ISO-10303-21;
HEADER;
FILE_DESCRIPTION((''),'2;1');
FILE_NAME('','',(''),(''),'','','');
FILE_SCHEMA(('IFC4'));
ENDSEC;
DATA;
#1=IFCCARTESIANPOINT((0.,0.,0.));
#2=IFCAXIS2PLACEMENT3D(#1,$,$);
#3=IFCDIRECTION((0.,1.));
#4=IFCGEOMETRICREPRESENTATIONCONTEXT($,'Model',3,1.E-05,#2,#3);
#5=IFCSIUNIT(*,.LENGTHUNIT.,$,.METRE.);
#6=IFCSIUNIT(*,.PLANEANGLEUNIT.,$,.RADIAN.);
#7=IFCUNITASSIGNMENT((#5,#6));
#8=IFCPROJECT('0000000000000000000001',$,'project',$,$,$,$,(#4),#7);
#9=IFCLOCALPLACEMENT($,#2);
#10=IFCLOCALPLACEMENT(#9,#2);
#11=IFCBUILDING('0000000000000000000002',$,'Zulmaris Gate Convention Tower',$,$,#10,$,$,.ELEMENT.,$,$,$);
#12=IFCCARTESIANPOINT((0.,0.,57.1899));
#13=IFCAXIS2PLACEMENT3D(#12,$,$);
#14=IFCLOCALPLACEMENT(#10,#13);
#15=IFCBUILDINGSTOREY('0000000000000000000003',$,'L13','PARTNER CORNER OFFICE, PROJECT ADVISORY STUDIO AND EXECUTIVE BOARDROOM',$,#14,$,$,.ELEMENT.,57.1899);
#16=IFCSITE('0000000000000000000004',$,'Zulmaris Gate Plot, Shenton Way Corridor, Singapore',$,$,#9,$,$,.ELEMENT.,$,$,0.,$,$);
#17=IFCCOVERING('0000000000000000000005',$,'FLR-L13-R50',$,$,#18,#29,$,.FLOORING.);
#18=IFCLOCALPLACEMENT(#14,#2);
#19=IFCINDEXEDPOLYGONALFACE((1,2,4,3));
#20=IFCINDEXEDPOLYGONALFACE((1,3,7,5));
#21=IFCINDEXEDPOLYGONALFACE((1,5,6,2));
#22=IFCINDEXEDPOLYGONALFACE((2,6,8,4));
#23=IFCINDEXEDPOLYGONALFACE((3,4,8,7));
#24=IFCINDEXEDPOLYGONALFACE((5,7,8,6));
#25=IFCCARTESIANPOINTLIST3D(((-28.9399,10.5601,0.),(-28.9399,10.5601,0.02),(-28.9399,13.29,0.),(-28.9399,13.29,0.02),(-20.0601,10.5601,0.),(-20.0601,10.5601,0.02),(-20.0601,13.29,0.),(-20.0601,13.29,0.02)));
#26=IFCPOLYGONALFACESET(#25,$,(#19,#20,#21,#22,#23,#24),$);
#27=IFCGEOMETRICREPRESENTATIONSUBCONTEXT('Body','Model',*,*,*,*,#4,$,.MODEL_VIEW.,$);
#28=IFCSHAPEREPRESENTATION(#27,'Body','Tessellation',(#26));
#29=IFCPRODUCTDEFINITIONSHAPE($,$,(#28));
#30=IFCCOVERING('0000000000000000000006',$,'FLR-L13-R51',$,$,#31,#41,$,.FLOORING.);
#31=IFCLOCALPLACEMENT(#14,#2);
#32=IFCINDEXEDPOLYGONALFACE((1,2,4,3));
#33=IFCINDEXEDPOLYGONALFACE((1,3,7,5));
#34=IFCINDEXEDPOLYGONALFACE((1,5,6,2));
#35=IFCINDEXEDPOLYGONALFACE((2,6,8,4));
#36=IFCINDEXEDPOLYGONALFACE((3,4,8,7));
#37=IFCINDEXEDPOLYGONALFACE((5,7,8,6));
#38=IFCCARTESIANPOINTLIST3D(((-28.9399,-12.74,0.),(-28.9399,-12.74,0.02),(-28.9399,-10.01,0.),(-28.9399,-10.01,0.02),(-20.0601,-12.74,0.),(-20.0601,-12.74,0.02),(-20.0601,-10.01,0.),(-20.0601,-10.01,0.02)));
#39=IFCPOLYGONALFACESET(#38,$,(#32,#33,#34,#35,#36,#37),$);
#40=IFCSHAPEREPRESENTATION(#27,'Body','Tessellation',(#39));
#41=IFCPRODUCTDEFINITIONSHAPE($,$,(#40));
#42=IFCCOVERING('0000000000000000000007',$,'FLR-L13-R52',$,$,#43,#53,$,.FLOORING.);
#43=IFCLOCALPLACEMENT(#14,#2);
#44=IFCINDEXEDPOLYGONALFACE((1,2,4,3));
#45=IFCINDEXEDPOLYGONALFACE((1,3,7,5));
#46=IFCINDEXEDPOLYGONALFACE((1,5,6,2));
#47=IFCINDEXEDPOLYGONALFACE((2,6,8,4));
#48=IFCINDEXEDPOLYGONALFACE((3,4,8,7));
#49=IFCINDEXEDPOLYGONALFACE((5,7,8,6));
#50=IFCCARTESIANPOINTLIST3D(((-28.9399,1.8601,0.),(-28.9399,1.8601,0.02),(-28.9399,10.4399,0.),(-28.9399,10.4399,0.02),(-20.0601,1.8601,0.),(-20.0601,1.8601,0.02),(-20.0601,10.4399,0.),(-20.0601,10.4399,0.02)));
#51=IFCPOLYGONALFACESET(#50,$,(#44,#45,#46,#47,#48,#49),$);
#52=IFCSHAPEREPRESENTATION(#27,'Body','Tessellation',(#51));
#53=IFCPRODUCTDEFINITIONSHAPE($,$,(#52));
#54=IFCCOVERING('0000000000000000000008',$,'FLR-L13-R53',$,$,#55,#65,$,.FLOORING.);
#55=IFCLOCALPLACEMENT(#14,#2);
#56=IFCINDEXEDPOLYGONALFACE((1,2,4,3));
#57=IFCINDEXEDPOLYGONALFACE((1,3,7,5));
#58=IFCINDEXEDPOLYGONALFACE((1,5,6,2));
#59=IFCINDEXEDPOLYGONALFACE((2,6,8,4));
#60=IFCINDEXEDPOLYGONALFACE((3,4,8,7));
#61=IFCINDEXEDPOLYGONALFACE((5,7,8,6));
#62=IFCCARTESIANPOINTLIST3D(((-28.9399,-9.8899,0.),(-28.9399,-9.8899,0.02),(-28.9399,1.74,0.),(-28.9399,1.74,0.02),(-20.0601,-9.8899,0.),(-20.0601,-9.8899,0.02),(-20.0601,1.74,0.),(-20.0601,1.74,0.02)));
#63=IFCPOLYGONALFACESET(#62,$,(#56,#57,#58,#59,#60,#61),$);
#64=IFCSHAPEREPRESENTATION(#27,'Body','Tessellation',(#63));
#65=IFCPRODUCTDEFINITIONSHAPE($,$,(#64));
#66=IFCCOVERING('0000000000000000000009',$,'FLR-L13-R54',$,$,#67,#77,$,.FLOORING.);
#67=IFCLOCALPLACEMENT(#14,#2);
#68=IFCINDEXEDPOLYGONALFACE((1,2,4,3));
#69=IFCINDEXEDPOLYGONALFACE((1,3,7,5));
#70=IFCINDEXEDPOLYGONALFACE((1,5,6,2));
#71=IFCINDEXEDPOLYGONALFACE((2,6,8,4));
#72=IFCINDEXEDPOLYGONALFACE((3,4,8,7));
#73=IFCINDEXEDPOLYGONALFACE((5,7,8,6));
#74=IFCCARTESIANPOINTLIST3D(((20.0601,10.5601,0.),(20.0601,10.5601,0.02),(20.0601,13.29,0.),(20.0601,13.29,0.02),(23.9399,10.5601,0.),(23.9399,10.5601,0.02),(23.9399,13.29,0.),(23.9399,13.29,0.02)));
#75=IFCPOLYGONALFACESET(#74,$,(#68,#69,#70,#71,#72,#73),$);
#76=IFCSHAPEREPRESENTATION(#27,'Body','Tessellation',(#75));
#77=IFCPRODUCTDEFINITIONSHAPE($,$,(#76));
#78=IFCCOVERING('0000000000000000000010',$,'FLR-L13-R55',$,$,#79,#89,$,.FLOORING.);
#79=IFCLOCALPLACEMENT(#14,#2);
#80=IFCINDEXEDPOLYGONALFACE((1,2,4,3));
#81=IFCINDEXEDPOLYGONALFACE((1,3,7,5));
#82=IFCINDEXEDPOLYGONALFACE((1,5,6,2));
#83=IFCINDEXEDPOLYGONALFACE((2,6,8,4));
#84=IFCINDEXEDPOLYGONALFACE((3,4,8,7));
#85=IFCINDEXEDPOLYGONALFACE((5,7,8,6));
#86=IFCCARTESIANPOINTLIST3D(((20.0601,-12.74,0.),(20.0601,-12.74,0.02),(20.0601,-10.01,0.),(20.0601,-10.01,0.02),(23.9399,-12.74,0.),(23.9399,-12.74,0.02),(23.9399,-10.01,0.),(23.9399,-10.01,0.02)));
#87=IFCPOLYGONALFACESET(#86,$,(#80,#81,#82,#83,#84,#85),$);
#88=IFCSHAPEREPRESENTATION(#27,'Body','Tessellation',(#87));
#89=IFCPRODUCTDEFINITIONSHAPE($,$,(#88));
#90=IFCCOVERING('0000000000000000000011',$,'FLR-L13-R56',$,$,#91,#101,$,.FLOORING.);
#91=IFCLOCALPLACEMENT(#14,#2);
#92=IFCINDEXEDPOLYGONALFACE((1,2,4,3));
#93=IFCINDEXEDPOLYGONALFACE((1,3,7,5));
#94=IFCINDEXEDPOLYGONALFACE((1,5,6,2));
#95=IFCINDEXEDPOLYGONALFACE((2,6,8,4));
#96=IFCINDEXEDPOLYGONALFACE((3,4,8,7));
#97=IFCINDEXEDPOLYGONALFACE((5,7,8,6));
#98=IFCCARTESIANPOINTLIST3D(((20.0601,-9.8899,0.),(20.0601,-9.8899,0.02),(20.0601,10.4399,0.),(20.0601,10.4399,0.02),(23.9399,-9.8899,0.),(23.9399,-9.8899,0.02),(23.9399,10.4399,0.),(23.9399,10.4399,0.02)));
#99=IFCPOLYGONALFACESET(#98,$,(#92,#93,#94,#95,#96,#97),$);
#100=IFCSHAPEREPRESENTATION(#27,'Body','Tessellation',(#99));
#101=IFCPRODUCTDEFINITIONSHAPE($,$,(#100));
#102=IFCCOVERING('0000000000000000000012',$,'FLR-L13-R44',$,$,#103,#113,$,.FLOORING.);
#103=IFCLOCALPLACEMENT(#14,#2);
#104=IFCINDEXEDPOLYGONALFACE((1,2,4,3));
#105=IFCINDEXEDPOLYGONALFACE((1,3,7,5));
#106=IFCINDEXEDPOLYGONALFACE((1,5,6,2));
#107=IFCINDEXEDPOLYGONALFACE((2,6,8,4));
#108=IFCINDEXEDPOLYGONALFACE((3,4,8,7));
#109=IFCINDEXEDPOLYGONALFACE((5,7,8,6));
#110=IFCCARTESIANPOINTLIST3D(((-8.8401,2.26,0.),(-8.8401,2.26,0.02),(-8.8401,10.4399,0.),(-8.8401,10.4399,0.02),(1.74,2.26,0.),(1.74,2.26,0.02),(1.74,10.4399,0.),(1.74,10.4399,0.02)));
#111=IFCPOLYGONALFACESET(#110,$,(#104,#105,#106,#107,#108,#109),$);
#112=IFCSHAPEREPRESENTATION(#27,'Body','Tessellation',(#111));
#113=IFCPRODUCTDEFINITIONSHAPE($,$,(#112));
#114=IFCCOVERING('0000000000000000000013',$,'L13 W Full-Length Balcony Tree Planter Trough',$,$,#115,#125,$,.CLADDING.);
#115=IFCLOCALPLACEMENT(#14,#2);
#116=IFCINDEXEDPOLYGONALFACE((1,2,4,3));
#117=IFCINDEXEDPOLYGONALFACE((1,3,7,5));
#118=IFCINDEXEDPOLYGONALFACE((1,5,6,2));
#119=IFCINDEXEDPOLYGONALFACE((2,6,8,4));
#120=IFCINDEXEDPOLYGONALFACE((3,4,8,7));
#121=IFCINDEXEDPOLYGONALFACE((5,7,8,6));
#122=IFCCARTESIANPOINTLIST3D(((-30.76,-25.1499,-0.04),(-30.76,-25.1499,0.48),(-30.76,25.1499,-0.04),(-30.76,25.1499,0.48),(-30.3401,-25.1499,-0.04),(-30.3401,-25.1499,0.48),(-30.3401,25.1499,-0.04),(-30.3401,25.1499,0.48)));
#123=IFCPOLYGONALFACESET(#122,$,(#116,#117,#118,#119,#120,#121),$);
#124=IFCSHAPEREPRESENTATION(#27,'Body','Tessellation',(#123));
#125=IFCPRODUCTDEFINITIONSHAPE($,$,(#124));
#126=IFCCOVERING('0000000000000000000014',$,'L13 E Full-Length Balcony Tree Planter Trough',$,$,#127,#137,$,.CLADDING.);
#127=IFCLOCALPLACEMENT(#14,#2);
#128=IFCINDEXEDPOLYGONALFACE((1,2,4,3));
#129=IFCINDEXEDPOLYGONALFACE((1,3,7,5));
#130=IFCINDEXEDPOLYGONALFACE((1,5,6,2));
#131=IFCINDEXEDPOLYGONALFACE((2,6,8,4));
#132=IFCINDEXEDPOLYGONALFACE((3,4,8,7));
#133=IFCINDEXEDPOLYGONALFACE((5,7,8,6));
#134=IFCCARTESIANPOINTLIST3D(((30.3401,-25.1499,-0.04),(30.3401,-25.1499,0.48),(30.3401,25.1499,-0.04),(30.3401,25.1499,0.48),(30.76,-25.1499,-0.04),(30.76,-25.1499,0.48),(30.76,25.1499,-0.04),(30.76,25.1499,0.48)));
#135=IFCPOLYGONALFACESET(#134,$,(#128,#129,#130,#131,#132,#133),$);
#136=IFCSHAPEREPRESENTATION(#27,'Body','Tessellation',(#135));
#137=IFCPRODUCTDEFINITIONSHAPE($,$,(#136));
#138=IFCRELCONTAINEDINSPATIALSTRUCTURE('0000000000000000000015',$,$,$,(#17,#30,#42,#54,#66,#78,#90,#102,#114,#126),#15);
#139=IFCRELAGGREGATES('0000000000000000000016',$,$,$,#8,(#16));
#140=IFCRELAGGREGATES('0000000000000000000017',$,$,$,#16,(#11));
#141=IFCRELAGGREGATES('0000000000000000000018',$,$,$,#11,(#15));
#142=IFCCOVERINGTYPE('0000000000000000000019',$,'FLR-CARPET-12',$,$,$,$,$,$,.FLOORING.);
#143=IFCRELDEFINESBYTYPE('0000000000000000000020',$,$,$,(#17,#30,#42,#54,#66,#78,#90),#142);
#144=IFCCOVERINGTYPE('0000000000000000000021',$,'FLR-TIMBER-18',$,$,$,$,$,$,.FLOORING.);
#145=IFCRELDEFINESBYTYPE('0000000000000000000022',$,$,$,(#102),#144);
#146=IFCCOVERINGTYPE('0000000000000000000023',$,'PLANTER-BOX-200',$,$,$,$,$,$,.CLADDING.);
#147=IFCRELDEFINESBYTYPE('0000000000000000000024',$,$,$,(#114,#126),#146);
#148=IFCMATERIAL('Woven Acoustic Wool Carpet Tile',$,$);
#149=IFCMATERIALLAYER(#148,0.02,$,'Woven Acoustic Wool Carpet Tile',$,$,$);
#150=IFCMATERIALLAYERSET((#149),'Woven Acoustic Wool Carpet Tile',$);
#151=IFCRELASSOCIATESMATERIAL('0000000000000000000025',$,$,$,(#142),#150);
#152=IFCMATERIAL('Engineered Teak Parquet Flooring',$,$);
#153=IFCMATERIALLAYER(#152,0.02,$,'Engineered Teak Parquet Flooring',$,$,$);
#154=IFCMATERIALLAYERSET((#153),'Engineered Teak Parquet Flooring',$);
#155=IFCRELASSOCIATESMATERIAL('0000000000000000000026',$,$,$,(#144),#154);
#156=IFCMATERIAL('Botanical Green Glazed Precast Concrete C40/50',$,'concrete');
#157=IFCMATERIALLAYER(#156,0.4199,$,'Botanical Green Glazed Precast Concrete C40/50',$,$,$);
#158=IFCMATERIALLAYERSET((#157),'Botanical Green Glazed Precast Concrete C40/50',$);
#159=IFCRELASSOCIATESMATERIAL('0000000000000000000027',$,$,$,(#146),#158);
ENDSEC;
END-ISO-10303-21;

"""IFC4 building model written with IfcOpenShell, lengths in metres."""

from ifc_helpers import new_model, si_unit, direction, frame, origin, place, context, subcontext, project, spatial, polyline, outline, extrude, material, layer, layer_set, type_object, element, save


model = new_model("IFC4")

# Units and contexts
model_context = context("Model", 3, precision=1e-05, world=origin(), true_north=direction((0.0, 1.0)))
body_context = subcontext(model_context, "Body", "Model", "MODEL_VIEW")
ifc_project = project(units=[si_unit("LENGTHUNIT", "METRE"), si_unit("PLANEANGLEUNIT", "RADIAN")], contexts=[model_context])

# Site, building, storey
site_placement = place(None, origin())
site = spatial("IfcSite", under=ifc_project, at=site_placement, Name="Zulmaris Gate Plot, Shenton Way Corridor, Singapore", CompositionType="ELEMENT", RefElevation=0.0)
building_placement = place(site_placement, origin())
building = spatial("IfcBuilding", under=site, at=building_placement, Name="Zulmaris Gate Convention Tower", CompositionType="ELEMENT")
storey_placement = place(building_placement, frame((0.0, 0.0, 57.1899)))
storey = spatial("IfcBuildingStorey", under=building, at=storey_placement, Name="L13", Description="PARTNER CORNER OFFICE, PROJECT ADVISORY STUDIO AND EXECUTIVE BOARDROOM", CompositionType="ELEMENT", Elevation=57.1899)

# Coverings
ifc_material_1 = material(Name="Woven Acoustic Wool Carpet Tile")
ifc_layer_1 = layer(ifc_material_1, 0.02, Name="Woven Acoustic Wool Carpet Tile")
ifc_layer_set_1 = layer_set([ifc_layer_1], Name="Woven Acoustic Wool Carpet Tile")
covering_type_1 = type_object("IfcCoveringType", Name="FLR-CARPET-12", PredefinedType="FLOORING", material=ifc_layer_set_1)
covering_1_placement = place(storey_placement, origin())
element("IfcCovering", 1, at=covering_1_placement, inside=storey, type_object=covering_type_1, Name="FLR-L13-R50", PredefinedType="FLOORING", context=body_context, shape_type="SweptSolid", body=[
    extrude(outline(polyline([(-28.9399, 10.5601), (-20.0601, 10.5601), (-20.0601, 13.29), (-28.9399, 13.29), (-28.9399, 10.5601)])), origin(), (0.0, 0.0, 1.0), 0.02),
])
covering_2_placement = place(storey_placement, origin())
element("IfcCovering", 2, at=covering_2_placement, inside=storey, type_object=covering_type_1, Name="FLR-L13-R51", PredefinedType="FLOORING", context=body_context, shape_type="SweptSolid", body=[
    extrude(outline(polyline([(-28.9399, -12.74), (-20.0601, -12.74), (-20.0601, -10.01), (-28.9399, -10.01), (-28.9399, -12.74)])), origin(), (0.0, 0.0, 1.0), 0.02),
])
covering_3_placement = place(storey_placement, origin())
element("IfcCovering", 3, at=covering_3_placement, inside=storey, type_object=covering_type_1, Name="FLR-L13-R52", PredefinedType="FLOORING", context=body_context, shape_type="SweptSolid", body=[
    extrude(outline(polyline([(-28.9399, 1.8601), (-20.0601, 1.8601), (-20.0601, 10.4399), (-28.9399, 10.4399), (-28.9399, 1.8601)])), origin(), (0.0, 0.0, 1.0), 0.02),
])
covering_4_placement = place(storey_placement, origin())
element("IfcCovering", 4, at=covering_4_placement, inside=storey, type_object=covering_type_1, Name="FLR-L13-R53", PredefinedType="FLOORING", context=body_context, shape_type="SweptSolid", body=[
    extrude(outline(polyline([(-28.9399, -9.8899), (-20.0601, -9.8899), (-20.0601, 1.74), (-28.9399, 1.74), (-28.9399, -9.8899)])), origin(), (0.0, 0.0, 1.0), 0.02),
])
covering_5_placement = place(storey_placement, origin())
element("IfcCovering", 5, at=covering_5_placement, inside=storey, type_object=covering_type_1, Name="FLR-L13-R54", PredefinedType="FLOORING", context=body_context, shape_type="SweptSolid", body=[
    extrude(outline(polyline([(20.0601, 10.5601), (23.9399, 10.5601), (23.9399, 13.29), (20.0601, 13.29), (20.0601, 10.5601)])), origin(), (0.0, 0.0, 1.0), 0.02),
])
covering_6_placement = place(storey_placement, origin())
element("IfcCovering", 6, at=covering_6_placement, inside=storey, type_object=covering_type_1, Name="FLR-L13-R55", PredefinedType="FLOORING", context=body_context, shape_type="SweptSolid", body=[
    extrude(outline(polyline([(20.0601, -12.74), (23.9399, -12.74), (23.9399, -10.01), (20.0601, -10.01), (20.0601, -12.74)])), origin(), (0.0, 0.0, 1.0), 0.02),
])
covering_7_placement = place(storey_placement, origin())
element("IfcCovering", 7, at=covering_7_placement, inside=storey, type_object=covering_type_1, Name="FLR-L13-R56", PredefinedType="FLOORING", context=body_context, shape_type="SweptSolid", body=[
    extrude(outline(polyline([(20.0601, -9.8899), (23.9399, -9.8899), (23.9399, 10.4399), (20.0601, 10.4399), (20.0601, -9.8899)])), origin(), (0.0, 0.0, 1.0), 0.02),
])
ifc_material_2 = material(Name="Engineered Teak Parquet Flooring")
ifc_layer_2 = layer(ifc_material_2, 0.02, Name="Engineered Teak Parquet Flooring")
ifc_layer_set_2 = layer_set([ifc_layer_2], Name="Engineered Teak Parquet Flooring")
covering_type_2 = type_object("IfcCoveringType", Name="FLR-TIMBER-18", PredefinedType="FLOORING", material=ifc_layer_set_2)
covering_8_placement = place(storey_placement, origin())
element("IfcCovering", 8, at=covering_8_placement, inside=storey, type_object=covering_type_2, Name="FLR-L13-R44", PredefinedType="FLOORING", context=body_context, shape_type="SweptSolid", body=[
    extrude(outline(polyline([(-8.8401, 2.26), (1.74, 2.26), (1.74, 10.4399), (-8.8401, 10.4399), (-8.8401, 2.26)])), origin(), (0.0, 0.0, 1.0), 0.02),
])
ifc_material_3 = material(Name="Botanical Green Glazed Precast Concrete C40/50", Category="concrete")
ifc_layer_3 = layer(ifc_material_3, 0.4199, Name="Botanical Green Glazed Precast Concrete C40/50")
ifc_layer_set_3 = layer_set([ifc_layer_3], Name="Botanical Green Glazed Precast Concrete C40/50")
covering_type_3 = type_object("IfcCoveringType", Name="PLANTER-BOX-200", PredefinedType="CLADDING", material=ifc_layer_set_3)
covering_9_placement = place(storey_placement, frame((0.0, 0.0, -0.04)))
element("IfcCovering", 9, at=covering_9_placement, inside=storey, type_object=covering_type_3, Name="L13 W Full-Length Balcony Tree Planter Trough", PredefinedType="CLADDING", context=body_context, shape_type="SweptSolid", body=[
    extrude(outline(polyline([(-30.76, -25.1499), (-30.3401, -25.1499), (-30.3401, 25.1499), (-30.76, 25.1499), (-30.76, -25.1499)])), origin(), (0.0, 0.0, 1.0), 0.52),
])
covering_10_placement = place(storey_placement, frame((0.0, 0.0, -0.04)))
element("IfcCovering", 10, at=covering_10_placement, inside=storey, type_object=covering_type_3, Name="L13 E Full-Length Balcony Tree Planter Trough", PredefinedType="CLADDING", context=body_context, shape_type="SweptSolid", body=[
    extrude(outline(polyline([(30.3401, -25.1499), (30.76, -25.1499), (30.76, 25.1499), (30.3401, 25.1499), (30.3401, -25.1499)])), origin(), (0.0, 0.0, 1.0), 0.52),
])

save(model, "model.ifc")
